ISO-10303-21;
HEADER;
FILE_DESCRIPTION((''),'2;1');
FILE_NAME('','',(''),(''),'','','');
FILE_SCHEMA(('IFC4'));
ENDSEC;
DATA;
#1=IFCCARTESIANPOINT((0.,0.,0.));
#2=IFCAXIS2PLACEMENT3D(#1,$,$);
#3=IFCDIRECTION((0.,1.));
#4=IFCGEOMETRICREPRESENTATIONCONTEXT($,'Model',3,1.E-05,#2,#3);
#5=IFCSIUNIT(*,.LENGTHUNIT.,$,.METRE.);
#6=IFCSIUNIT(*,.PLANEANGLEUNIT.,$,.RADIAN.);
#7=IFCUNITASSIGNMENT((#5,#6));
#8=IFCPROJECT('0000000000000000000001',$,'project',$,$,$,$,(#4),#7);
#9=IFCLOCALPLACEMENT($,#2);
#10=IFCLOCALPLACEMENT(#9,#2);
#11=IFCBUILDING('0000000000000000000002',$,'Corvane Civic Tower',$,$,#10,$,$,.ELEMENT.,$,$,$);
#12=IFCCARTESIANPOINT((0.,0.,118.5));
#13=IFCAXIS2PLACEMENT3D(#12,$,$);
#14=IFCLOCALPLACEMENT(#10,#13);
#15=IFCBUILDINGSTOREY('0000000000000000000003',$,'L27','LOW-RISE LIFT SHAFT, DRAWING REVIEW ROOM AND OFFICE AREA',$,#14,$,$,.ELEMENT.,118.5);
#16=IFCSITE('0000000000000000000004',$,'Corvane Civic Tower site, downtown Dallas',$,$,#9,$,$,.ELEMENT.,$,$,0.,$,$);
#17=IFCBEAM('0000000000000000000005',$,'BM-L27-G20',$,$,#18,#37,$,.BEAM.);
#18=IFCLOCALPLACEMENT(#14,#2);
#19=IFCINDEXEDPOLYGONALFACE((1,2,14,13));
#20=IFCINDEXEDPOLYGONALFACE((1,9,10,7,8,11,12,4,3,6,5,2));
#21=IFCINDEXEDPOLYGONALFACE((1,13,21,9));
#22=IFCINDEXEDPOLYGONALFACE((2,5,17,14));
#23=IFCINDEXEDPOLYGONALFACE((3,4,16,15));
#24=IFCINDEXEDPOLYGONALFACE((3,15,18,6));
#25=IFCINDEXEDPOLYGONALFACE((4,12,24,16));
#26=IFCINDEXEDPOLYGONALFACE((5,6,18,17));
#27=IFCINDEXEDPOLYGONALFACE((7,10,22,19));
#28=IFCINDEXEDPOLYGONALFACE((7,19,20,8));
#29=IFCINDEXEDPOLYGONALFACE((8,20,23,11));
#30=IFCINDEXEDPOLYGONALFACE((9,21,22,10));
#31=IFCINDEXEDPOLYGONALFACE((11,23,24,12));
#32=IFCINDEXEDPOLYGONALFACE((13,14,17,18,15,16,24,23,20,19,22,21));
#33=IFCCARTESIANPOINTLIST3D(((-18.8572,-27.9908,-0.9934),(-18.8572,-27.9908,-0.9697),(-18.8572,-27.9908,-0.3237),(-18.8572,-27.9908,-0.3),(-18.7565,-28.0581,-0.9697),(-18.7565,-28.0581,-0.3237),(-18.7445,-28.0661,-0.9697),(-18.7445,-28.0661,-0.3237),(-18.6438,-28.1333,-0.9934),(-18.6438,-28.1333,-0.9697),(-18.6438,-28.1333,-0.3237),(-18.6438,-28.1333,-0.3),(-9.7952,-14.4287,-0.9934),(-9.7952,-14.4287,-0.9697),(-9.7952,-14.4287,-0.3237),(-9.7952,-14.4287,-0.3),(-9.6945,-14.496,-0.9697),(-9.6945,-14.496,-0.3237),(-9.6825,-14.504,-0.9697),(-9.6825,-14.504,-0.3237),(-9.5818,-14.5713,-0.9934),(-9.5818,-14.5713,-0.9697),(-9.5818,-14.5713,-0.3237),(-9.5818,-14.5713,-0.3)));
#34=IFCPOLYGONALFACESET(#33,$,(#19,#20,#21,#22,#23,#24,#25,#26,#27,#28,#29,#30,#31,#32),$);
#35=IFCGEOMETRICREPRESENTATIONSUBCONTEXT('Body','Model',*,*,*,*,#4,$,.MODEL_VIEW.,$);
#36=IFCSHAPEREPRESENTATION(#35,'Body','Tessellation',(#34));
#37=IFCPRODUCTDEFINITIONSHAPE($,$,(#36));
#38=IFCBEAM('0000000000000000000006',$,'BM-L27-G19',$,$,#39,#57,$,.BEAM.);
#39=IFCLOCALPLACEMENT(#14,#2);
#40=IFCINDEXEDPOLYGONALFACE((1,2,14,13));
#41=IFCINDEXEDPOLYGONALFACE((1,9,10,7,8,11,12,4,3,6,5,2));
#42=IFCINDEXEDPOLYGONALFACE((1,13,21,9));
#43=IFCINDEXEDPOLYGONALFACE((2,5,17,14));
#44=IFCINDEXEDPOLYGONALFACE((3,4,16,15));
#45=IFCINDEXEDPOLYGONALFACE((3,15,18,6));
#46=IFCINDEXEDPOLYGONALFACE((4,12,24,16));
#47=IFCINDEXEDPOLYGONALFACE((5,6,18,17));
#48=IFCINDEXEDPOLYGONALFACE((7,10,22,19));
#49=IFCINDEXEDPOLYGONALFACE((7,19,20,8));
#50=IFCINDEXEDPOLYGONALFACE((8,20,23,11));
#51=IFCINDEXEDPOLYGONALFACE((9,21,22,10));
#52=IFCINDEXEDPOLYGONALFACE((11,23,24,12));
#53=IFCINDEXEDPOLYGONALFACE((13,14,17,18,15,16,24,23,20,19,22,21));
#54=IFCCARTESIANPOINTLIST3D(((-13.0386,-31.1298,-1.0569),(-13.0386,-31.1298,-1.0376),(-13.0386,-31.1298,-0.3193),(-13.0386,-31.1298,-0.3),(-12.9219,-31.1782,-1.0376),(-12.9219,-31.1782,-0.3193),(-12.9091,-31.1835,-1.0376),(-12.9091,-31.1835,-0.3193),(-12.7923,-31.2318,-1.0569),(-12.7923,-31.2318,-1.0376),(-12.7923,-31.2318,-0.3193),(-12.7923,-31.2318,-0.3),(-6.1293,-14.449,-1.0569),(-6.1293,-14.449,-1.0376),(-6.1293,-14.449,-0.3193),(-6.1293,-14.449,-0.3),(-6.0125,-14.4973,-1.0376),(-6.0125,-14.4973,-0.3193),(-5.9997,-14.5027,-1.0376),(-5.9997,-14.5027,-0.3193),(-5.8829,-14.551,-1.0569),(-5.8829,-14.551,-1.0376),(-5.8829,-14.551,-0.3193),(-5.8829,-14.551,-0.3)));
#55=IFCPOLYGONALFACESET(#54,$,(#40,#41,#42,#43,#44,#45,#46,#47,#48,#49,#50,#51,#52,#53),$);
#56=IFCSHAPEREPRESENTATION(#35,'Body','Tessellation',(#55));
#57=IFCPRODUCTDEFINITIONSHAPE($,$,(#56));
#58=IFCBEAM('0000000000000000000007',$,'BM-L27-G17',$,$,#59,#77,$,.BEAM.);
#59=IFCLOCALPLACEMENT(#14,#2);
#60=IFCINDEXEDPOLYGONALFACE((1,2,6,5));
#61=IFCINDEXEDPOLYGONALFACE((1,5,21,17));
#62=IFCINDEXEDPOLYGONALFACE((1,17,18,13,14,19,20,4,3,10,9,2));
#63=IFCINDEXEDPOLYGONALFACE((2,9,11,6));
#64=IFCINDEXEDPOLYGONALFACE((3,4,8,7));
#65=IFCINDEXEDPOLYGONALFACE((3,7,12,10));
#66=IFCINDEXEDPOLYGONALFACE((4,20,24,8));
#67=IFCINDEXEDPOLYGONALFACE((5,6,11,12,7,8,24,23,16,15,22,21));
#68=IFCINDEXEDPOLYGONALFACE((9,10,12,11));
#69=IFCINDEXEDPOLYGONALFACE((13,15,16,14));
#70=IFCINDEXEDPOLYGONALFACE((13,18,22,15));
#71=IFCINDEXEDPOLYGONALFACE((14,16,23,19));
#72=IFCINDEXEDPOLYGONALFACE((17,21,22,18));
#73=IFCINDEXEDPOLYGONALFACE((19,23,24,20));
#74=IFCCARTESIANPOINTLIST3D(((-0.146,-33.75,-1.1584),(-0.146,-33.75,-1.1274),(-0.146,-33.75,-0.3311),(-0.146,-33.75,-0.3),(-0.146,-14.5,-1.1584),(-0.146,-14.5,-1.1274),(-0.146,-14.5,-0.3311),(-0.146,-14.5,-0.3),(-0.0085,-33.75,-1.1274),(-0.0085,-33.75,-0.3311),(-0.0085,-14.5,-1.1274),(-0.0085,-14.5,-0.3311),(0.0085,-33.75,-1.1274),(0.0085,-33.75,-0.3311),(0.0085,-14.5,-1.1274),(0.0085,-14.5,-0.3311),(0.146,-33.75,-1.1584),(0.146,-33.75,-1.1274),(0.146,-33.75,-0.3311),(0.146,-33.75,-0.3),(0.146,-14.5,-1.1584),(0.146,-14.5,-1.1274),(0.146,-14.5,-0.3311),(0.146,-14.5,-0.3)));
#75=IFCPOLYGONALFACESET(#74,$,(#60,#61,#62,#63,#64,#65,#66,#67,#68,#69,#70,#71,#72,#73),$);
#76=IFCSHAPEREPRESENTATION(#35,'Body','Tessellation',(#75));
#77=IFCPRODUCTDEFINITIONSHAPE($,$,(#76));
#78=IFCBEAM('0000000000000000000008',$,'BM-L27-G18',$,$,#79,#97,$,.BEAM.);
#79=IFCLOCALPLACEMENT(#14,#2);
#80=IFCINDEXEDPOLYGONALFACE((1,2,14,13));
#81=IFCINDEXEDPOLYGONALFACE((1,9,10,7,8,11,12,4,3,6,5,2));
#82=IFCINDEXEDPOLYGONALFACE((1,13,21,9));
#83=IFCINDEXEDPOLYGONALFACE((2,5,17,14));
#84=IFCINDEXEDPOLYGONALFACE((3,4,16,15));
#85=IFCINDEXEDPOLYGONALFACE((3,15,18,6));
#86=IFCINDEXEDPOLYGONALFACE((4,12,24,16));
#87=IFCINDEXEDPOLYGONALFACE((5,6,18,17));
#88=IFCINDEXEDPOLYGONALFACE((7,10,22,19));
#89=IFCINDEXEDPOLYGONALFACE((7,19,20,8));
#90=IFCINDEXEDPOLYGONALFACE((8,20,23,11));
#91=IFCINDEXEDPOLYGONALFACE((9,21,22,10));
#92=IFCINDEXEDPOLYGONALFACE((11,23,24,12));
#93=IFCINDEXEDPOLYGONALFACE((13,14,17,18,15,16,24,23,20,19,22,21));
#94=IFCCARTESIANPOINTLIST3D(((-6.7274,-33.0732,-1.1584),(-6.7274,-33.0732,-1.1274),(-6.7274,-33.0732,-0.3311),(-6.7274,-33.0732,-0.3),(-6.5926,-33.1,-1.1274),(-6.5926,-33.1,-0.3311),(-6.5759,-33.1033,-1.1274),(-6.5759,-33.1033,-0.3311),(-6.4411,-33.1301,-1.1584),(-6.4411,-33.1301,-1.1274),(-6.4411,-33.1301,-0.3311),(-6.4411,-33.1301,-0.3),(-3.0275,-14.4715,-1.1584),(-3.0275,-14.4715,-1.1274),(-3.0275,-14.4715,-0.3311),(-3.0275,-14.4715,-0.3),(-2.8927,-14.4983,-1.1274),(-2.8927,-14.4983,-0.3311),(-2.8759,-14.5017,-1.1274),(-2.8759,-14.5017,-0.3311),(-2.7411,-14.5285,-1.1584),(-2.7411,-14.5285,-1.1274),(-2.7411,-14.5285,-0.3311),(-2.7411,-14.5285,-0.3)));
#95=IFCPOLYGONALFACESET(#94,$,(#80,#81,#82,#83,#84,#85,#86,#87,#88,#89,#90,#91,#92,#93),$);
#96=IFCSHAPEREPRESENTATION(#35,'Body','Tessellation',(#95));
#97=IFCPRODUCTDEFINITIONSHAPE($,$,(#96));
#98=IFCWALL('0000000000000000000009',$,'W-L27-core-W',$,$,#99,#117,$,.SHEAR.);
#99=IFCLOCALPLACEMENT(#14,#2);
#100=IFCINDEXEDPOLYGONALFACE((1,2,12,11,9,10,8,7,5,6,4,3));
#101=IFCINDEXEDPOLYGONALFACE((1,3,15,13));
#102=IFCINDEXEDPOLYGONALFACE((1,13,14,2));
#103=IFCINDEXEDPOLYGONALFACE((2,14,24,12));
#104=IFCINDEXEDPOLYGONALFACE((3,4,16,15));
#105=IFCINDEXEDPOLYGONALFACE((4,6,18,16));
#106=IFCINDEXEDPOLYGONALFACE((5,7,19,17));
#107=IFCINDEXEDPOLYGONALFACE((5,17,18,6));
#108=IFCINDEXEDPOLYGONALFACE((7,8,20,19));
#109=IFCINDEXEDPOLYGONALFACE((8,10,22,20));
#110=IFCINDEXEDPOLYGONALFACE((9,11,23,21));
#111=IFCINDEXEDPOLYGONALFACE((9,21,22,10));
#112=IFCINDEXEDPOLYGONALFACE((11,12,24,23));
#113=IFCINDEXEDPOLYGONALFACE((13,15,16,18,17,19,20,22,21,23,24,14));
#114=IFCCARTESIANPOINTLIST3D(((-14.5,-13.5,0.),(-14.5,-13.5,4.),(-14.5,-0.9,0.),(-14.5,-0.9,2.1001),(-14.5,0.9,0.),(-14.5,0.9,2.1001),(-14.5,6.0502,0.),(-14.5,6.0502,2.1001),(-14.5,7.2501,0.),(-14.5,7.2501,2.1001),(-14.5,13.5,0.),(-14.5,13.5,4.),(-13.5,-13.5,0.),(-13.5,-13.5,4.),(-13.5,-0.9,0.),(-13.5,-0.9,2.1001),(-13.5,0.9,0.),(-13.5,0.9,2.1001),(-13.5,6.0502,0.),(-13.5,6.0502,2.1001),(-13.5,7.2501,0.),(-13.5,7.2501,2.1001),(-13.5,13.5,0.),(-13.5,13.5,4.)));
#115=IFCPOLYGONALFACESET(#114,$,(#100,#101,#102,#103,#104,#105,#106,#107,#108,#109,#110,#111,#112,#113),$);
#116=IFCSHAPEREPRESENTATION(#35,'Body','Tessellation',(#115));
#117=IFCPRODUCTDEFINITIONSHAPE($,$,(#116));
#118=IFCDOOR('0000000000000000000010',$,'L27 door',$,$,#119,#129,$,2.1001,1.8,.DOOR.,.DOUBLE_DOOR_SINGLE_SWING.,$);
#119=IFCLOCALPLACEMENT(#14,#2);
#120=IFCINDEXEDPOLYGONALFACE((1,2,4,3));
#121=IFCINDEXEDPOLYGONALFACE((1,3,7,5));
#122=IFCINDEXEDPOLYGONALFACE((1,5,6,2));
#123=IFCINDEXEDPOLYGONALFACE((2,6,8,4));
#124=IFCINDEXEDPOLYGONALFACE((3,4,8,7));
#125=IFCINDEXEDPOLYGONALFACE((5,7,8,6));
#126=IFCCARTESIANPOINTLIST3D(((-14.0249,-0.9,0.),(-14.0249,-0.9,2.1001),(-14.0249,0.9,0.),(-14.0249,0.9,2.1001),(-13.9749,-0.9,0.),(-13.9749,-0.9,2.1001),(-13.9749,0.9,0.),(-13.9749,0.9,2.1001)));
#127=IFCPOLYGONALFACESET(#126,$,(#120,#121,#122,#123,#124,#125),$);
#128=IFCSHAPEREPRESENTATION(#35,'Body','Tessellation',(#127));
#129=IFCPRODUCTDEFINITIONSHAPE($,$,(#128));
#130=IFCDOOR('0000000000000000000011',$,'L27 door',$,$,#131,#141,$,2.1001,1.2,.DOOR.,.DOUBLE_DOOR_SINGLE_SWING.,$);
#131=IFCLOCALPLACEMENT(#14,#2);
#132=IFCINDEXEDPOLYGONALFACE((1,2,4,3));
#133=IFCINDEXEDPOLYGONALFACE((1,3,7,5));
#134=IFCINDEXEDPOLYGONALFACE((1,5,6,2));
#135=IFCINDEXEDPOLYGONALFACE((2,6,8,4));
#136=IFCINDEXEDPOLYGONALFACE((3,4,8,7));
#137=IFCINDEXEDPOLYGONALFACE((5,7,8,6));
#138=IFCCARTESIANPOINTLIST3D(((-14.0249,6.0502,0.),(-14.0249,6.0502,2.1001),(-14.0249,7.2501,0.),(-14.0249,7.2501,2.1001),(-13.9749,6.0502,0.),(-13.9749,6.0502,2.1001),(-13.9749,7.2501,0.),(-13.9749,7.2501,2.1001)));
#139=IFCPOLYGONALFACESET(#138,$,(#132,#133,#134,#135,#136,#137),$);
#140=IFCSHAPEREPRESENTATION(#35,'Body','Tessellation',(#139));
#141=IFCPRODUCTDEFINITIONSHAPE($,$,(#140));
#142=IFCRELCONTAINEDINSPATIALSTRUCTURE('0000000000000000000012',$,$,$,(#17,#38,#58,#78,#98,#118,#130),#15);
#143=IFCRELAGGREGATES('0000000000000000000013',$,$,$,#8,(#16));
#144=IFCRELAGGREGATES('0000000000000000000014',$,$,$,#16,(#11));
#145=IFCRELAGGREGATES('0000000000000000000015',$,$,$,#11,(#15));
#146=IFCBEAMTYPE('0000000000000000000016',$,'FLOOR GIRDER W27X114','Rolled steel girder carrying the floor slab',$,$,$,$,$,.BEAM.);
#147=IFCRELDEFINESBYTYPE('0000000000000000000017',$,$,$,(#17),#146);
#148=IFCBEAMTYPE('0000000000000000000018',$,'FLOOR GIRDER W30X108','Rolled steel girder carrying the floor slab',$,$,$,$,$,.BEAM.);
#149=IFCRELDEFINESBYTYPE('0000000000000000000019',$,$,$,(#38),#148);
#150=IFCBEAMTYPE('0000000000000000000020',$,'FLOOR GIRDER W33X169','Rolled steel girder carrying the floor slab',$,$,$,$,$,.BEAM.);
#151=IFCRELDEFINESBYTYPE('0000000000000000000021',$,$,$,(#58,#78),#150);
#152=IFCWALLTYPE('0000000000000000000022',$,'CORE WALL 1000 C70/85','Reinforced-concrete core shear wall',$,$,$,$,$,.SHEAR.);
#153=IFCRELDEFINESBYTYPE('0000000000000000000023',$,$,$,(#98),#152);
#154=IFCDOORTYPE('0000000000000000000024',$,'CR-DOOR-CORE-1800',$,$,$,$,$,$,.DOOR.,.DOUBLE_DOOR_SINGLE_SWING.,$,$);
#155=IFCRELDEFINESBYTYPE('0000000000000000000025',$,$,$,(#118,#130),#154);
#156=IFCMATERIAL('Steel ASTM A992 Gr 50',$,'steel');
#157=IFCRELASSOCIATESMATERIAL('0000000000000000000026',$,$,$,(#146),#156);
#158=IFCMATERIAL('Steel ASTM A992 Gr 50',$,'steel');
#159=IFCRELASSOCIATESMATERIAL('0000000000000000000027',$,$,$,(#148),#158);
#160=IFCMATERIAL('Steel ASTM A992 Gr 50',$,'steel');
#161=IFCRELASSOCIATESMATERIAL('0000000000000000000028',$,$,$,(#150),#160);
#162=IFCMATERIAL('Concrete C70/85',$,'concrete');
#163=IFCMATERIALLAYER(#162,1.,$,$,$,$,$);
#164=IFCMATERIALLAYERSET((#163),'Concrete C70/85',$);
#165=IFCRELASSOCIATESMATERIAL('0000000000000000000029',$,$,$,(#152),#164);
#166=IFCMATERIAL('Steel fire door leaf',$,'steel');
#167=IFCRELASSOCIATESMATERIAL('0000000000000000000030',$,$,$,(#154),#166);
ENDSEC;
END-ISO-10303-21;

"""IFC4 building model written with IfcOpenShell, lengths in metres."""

from ifc_helpers import new_model, si_unit, direction, frame, frame_2d, origin, origin_2d, place, context, subcontext, project, spatial, rectangle, i_section, extrude, material, layer, layer_set, material_profile, profile_set, type_object, element, fill, save


model = new_model("IFC4")

# Units and contexts
model_context = context("Model", 3, precision=1e-05, world=origin(), true_north=direction((0.0, 1.0)))
body_context = subcontext(model_context, "Body", "Model", "MODEL_VIEW")
ifc_project = project(units=[si_unit("LENGTHUNIT", "METRE"), si_unit("PLANEANGLEUNIT", "RADIAN")], contexts=[model_context])

# Site, building, storey
site_placement = place(None, origin())
site = spatial("IfcSite", under=ifc_project, at=site_placement, Name="Corvane Civic Tower site, downtown Dallas", CompositionType="ELEMENT", RefElevation=0.0)
building_placement = place(site_placement, origin())
building = spatial("IfcBuilding", under=site, at=building_placement, Name="Corvane Civic Tower", CompositionType="ELEMENT")
storey_placement = place(building_placement, frame((0.0, 0.0, 118.5)))
storey = spatial("IfcBuildingStorey", under=building, at=storey_placement, Name="L27", Description="LOW-RISE LIFT SHAFT, DRAWING REVIEW ROOM AND OFFICE AREA", CompositionType="ELEMENT", Elevation=118.5)

# Beams
ifc_material_1 = material(Name="Steel ASTM A992 Gr 50", Category="steel")
ifc_material_profile_1 = material_profile(ifc_material_1, i_section(OverallWidth=0.2566, OverallDepth=0.6934, WebThickness=0.0144, FlangeThickness=0.0237, at=origin_2d()), Name="W27X114")
ifc_profile_set_1 = profile_set([ifc_material_profile_1], Name="Steel ASTM A992 Gr 50")
beam_type_1 = type_object("IfcBeamType", Name="FLOOR GIRDER W27X114", Description="Rolled steel girder carrying the floor slab", PredefinedType="BEAM", material=ifc_profile_set_1)
beam_1_placement = place(storey_placement, frame((-9.6885, -14.5, -0.6467), z_axis=(-0.555577, -0.831465, 0.0), x_axis=(0.831465, -0.555577, 0.0)))
element("IfcBeam", 1, at=beam_1_placement, inside=storey, type_object=beam_type_1, Name="BM-L27-G20", PredefinedType="BEAM", context=body_context, shape_type="SweptSolid", body=[
    extrude(i_section(OverallWidth=0.2566, OverallDepth=0.6934, WebThickness=0.0144, FlangeThickness=0.0237, at=origin_2d()), origin(), (0.0, 0.0, 1.0), 16.311),
])
ifc_material_2 = material(Name="Steel ASTM A992 Gr 50", Category="steel")
ifc_material_profile_2 = material_profile(ifc_material_2, i_section(OverallWidth=0.2666, OverallDepth=0.7568, WebThickness=0.0139, FlangeThickness=0.0193, at=origin_2d()), Name="W30X108")
ifc_profile_set_2 = profile_set([ifc_material_profile_2], Name="Steel ASTM A992 Gr 50")
beam_type_2 = type_object("IfcBeamType", Name="FLOOR GIRDER W30X108", Description="Rolled steel girder carrying the floor slab", PredefinedType="BEAM", material=ifc_profile_set_2)
beam_2_placement = place(storey_placement, frame((-6.0061, -14.5, -0.6785), z_axis=(-0.382682, -0.92388, 0.0), x_axis=(0.92388, -0.382682, 0.0)))
element("IfcBeam", 2, at=beam_2_placement, inside=storey, type_object=beam_type_2, Name="BM-L27-G19", PredefinedType="BEAM", context=body_context, shape_type="SweptSolid", body=[
    extrude(i_section(OverallWidth=0.2666, OverallDepth=0.7568, WebThickness=0.0139, FlangeThickness=0.0193, at=origin_2d()), origin(), (0.0, 0.0, 1.0), 18.0552),
])
ifc_material_3 = material(Name="Steel ASTM A992 Gr 50", Category="steel")
ifc_material_profile_3 = material_profile(ifc_material_3, i_section(OverallWidth=0.292, OverallDepth=0.8584, WebThickness=0.0171, FlangeThickness=0.031, at=origin_2d()), Name="W33X169")
ifc_profile_set_3 = profile_set([ifc_material_profile_3], Name="Steel ASTM A992 Gr 50")
beam_type_3 = type_object("IfcBeamType", Name="FLOOR GIRDER W33X169", Description="Rolled steel girder carrying the floor slab", PredefinedType="BEAM", material=ifc_profile_set_3)
beam_3_placement = place(storey_placement, frame((0.0, -14.5, -0.7292), z_axis=(0.0, -1.0, 0.0), x_axis=(1.0, 0.0, 0.0)))
element("IfcBeam", 3, at=beam_3_placement, inside=storey, type_object=beam_type_3, Name="BM-L27-G17", PredefinedType="BEAM", context=body_context, shape_type="SweptSolid", body=[
    extrude(i_section(OverallWidth=0.292, OverallDepth=0.8584, WebThickness=0.0171, FlangeThickness=0.031, at=origin_2d()), origin(), (0.0, 0.0, 1.0), 19.25),
])
beam_4_placement = place(storey_placement, frame((-2.8843, -14.5, -0.7292), z_axis=(-0.195084, -0.980787, 0.0), x_axis=(0.980787, -0.195084, 0.0)))
element("IfcBeam", 4, at=beam_4_placement, inside=storey, type_object=beam_type_3, Name="BM-L27-G18", PredefinedType="BEAM", context=body_context, shape_type="SweptSolid", body=[
    extrude(i_section(OverallWidth=0.292, OverallDepth=0.8584, WebThickness=0.0171, FlangeThickness=0.031, at=origin_2d()), origin(), (0.0, 0.0, 1.0), 18.9661),
])

# Wall, openings, doors
ifc_material_4 = material(Name="Concrete C70/85", Category="concrete")
ifc_layer_1 = layer(ifc_material_4, 1.0)
ifc_layer_set_1 = layer_set([ifc_layer_1], Name="Concrete C70/85")
wall_type_1 = type_object("IfcWallType", Name="CORE WALL 1000 C70/85", Description="Reinforced-concrete core shear wall", PredefinedType="SHEAR", material=ifc_layer_set_1)
wall_1_placement = place(storey_placement, frame((-14.0, -13.5, 0.0), z_axis=(0.0, 0.0, 1.0), x_axis=(0.0, 1.0, 0.0)))
wall_1 = element("IfcWall", 5, at=wall_1_placement, inside=storey, type_object=wall_type_1, Name="W-L27-core-W", PredefinedType="SHEAR", context=body_context, shape_type="SweptSolid", body=[
    extrude(rectangle(XDim=27.0, YDim=1.0, at=frame_2d((13.5, 0.0))), origin(), (0.0, 0.0, 1.0), 4.0),
])
opening_1_placement = place(wall_1_placement, frame((12.6001, 0.0, 0.0)))
opening_1 = element("IfcOpeningElement", 6, at=opening_1_placement, cuts=wall_1, PredefinedType="OPENING", context=body_context, shape_type="SweptSolid", body=[
    extrude(rectangle(XDim=1.8, YDim=2.1001, at=frame_2d((0.8999, 1.05))), frame((0.0, 0.51, 0.0), z_axis=(0.0, -1.0, 0.0), x_axis=(1.0, 0.0, 0.0)), (0.0, 0.0, 1.0), 1.02),
])
opening_2_placement = place(wall_1_placement, frame((19.55, 0.0, 0.0)))
opening_2 = element("IfcOpeningElement", 7, at=opening_2_placement, cuts=wall_1, PredefinedType="OPENING", context=body_context, shape_type="SweptSolid", body=[
    extrude(rectangle(XDim=1.2, YDim=2.1001, at=frame_2d((0.6001, 1.05))), frame((0.0, 0.51, 0.0), z_axis=(0.0, -1.0, 0.0), x_axis=(1.0, 0.0, 0.0)), (0.0, 0.0, 1.0), 1.02),
])
ifc_material_5 = material(Name="Steel fire door leaf", Category="steel")
door_type_1 = type_object("IfcDoorType", Name="CR-DOOR-CORE-1800", OperationType="DOUBLE_DOOR_SINGLE_SWING", PredefinedType="DOOR", material=ifc_material_5)
door_1_placement = place(opening_1_placement, origin())
door_1 = element("IfcDoor", 8, at=door_1_placement, inside=storey, type_object=door_type_1, Name="L27 door", OperationType="DOUBLE_DOOR_SINGLE_SWING", OverallHeight=2.1001, OverallWidth=1.8, PredefinedType="DOOR", context=body_context, shape_type="SweptSolid", body=[
    extrude(rectangle(XDim=1.8, YDim=2.1001, at=frame_2d((0.8999, 1.05))), frame((0.0, 0.0249, 0.0), z_axis=(0.0, -1.0, 0.0), x_axis=(1.0, 0.0, 0.0)), (0.0, 0.0, 1.0), 0.05),
])
fill(opening_1, door_1)
door_2_placement = place(opening_2_placement, origin())
door_2 = element("IfcDoor", 9, at=door_2_placement, inside=storey, type_object=door_type_1, Name="L27 door", OperationType="DOUBLE_DOOR_SINGLE_SWING", OverallHeight=2.1001, OverallWidth=1.2, PredefinedType="DOOR", context=body_context, shape_type="SweptSolid", body=[
    extrude(rectangle(XDim=1.2, YDim=2.1001, at=frame_2d((0.6001, 1.05))), frame((0.0, 0.0249, 0.0), z_axis=(0.0, -1.0, 0.0), x_axis=(1.0, 0.0, 0.0)), (0.0, 0.0, 1.0), 0.05),
])
fill(opening_2, door_2)

save(model, "model.ifc")
